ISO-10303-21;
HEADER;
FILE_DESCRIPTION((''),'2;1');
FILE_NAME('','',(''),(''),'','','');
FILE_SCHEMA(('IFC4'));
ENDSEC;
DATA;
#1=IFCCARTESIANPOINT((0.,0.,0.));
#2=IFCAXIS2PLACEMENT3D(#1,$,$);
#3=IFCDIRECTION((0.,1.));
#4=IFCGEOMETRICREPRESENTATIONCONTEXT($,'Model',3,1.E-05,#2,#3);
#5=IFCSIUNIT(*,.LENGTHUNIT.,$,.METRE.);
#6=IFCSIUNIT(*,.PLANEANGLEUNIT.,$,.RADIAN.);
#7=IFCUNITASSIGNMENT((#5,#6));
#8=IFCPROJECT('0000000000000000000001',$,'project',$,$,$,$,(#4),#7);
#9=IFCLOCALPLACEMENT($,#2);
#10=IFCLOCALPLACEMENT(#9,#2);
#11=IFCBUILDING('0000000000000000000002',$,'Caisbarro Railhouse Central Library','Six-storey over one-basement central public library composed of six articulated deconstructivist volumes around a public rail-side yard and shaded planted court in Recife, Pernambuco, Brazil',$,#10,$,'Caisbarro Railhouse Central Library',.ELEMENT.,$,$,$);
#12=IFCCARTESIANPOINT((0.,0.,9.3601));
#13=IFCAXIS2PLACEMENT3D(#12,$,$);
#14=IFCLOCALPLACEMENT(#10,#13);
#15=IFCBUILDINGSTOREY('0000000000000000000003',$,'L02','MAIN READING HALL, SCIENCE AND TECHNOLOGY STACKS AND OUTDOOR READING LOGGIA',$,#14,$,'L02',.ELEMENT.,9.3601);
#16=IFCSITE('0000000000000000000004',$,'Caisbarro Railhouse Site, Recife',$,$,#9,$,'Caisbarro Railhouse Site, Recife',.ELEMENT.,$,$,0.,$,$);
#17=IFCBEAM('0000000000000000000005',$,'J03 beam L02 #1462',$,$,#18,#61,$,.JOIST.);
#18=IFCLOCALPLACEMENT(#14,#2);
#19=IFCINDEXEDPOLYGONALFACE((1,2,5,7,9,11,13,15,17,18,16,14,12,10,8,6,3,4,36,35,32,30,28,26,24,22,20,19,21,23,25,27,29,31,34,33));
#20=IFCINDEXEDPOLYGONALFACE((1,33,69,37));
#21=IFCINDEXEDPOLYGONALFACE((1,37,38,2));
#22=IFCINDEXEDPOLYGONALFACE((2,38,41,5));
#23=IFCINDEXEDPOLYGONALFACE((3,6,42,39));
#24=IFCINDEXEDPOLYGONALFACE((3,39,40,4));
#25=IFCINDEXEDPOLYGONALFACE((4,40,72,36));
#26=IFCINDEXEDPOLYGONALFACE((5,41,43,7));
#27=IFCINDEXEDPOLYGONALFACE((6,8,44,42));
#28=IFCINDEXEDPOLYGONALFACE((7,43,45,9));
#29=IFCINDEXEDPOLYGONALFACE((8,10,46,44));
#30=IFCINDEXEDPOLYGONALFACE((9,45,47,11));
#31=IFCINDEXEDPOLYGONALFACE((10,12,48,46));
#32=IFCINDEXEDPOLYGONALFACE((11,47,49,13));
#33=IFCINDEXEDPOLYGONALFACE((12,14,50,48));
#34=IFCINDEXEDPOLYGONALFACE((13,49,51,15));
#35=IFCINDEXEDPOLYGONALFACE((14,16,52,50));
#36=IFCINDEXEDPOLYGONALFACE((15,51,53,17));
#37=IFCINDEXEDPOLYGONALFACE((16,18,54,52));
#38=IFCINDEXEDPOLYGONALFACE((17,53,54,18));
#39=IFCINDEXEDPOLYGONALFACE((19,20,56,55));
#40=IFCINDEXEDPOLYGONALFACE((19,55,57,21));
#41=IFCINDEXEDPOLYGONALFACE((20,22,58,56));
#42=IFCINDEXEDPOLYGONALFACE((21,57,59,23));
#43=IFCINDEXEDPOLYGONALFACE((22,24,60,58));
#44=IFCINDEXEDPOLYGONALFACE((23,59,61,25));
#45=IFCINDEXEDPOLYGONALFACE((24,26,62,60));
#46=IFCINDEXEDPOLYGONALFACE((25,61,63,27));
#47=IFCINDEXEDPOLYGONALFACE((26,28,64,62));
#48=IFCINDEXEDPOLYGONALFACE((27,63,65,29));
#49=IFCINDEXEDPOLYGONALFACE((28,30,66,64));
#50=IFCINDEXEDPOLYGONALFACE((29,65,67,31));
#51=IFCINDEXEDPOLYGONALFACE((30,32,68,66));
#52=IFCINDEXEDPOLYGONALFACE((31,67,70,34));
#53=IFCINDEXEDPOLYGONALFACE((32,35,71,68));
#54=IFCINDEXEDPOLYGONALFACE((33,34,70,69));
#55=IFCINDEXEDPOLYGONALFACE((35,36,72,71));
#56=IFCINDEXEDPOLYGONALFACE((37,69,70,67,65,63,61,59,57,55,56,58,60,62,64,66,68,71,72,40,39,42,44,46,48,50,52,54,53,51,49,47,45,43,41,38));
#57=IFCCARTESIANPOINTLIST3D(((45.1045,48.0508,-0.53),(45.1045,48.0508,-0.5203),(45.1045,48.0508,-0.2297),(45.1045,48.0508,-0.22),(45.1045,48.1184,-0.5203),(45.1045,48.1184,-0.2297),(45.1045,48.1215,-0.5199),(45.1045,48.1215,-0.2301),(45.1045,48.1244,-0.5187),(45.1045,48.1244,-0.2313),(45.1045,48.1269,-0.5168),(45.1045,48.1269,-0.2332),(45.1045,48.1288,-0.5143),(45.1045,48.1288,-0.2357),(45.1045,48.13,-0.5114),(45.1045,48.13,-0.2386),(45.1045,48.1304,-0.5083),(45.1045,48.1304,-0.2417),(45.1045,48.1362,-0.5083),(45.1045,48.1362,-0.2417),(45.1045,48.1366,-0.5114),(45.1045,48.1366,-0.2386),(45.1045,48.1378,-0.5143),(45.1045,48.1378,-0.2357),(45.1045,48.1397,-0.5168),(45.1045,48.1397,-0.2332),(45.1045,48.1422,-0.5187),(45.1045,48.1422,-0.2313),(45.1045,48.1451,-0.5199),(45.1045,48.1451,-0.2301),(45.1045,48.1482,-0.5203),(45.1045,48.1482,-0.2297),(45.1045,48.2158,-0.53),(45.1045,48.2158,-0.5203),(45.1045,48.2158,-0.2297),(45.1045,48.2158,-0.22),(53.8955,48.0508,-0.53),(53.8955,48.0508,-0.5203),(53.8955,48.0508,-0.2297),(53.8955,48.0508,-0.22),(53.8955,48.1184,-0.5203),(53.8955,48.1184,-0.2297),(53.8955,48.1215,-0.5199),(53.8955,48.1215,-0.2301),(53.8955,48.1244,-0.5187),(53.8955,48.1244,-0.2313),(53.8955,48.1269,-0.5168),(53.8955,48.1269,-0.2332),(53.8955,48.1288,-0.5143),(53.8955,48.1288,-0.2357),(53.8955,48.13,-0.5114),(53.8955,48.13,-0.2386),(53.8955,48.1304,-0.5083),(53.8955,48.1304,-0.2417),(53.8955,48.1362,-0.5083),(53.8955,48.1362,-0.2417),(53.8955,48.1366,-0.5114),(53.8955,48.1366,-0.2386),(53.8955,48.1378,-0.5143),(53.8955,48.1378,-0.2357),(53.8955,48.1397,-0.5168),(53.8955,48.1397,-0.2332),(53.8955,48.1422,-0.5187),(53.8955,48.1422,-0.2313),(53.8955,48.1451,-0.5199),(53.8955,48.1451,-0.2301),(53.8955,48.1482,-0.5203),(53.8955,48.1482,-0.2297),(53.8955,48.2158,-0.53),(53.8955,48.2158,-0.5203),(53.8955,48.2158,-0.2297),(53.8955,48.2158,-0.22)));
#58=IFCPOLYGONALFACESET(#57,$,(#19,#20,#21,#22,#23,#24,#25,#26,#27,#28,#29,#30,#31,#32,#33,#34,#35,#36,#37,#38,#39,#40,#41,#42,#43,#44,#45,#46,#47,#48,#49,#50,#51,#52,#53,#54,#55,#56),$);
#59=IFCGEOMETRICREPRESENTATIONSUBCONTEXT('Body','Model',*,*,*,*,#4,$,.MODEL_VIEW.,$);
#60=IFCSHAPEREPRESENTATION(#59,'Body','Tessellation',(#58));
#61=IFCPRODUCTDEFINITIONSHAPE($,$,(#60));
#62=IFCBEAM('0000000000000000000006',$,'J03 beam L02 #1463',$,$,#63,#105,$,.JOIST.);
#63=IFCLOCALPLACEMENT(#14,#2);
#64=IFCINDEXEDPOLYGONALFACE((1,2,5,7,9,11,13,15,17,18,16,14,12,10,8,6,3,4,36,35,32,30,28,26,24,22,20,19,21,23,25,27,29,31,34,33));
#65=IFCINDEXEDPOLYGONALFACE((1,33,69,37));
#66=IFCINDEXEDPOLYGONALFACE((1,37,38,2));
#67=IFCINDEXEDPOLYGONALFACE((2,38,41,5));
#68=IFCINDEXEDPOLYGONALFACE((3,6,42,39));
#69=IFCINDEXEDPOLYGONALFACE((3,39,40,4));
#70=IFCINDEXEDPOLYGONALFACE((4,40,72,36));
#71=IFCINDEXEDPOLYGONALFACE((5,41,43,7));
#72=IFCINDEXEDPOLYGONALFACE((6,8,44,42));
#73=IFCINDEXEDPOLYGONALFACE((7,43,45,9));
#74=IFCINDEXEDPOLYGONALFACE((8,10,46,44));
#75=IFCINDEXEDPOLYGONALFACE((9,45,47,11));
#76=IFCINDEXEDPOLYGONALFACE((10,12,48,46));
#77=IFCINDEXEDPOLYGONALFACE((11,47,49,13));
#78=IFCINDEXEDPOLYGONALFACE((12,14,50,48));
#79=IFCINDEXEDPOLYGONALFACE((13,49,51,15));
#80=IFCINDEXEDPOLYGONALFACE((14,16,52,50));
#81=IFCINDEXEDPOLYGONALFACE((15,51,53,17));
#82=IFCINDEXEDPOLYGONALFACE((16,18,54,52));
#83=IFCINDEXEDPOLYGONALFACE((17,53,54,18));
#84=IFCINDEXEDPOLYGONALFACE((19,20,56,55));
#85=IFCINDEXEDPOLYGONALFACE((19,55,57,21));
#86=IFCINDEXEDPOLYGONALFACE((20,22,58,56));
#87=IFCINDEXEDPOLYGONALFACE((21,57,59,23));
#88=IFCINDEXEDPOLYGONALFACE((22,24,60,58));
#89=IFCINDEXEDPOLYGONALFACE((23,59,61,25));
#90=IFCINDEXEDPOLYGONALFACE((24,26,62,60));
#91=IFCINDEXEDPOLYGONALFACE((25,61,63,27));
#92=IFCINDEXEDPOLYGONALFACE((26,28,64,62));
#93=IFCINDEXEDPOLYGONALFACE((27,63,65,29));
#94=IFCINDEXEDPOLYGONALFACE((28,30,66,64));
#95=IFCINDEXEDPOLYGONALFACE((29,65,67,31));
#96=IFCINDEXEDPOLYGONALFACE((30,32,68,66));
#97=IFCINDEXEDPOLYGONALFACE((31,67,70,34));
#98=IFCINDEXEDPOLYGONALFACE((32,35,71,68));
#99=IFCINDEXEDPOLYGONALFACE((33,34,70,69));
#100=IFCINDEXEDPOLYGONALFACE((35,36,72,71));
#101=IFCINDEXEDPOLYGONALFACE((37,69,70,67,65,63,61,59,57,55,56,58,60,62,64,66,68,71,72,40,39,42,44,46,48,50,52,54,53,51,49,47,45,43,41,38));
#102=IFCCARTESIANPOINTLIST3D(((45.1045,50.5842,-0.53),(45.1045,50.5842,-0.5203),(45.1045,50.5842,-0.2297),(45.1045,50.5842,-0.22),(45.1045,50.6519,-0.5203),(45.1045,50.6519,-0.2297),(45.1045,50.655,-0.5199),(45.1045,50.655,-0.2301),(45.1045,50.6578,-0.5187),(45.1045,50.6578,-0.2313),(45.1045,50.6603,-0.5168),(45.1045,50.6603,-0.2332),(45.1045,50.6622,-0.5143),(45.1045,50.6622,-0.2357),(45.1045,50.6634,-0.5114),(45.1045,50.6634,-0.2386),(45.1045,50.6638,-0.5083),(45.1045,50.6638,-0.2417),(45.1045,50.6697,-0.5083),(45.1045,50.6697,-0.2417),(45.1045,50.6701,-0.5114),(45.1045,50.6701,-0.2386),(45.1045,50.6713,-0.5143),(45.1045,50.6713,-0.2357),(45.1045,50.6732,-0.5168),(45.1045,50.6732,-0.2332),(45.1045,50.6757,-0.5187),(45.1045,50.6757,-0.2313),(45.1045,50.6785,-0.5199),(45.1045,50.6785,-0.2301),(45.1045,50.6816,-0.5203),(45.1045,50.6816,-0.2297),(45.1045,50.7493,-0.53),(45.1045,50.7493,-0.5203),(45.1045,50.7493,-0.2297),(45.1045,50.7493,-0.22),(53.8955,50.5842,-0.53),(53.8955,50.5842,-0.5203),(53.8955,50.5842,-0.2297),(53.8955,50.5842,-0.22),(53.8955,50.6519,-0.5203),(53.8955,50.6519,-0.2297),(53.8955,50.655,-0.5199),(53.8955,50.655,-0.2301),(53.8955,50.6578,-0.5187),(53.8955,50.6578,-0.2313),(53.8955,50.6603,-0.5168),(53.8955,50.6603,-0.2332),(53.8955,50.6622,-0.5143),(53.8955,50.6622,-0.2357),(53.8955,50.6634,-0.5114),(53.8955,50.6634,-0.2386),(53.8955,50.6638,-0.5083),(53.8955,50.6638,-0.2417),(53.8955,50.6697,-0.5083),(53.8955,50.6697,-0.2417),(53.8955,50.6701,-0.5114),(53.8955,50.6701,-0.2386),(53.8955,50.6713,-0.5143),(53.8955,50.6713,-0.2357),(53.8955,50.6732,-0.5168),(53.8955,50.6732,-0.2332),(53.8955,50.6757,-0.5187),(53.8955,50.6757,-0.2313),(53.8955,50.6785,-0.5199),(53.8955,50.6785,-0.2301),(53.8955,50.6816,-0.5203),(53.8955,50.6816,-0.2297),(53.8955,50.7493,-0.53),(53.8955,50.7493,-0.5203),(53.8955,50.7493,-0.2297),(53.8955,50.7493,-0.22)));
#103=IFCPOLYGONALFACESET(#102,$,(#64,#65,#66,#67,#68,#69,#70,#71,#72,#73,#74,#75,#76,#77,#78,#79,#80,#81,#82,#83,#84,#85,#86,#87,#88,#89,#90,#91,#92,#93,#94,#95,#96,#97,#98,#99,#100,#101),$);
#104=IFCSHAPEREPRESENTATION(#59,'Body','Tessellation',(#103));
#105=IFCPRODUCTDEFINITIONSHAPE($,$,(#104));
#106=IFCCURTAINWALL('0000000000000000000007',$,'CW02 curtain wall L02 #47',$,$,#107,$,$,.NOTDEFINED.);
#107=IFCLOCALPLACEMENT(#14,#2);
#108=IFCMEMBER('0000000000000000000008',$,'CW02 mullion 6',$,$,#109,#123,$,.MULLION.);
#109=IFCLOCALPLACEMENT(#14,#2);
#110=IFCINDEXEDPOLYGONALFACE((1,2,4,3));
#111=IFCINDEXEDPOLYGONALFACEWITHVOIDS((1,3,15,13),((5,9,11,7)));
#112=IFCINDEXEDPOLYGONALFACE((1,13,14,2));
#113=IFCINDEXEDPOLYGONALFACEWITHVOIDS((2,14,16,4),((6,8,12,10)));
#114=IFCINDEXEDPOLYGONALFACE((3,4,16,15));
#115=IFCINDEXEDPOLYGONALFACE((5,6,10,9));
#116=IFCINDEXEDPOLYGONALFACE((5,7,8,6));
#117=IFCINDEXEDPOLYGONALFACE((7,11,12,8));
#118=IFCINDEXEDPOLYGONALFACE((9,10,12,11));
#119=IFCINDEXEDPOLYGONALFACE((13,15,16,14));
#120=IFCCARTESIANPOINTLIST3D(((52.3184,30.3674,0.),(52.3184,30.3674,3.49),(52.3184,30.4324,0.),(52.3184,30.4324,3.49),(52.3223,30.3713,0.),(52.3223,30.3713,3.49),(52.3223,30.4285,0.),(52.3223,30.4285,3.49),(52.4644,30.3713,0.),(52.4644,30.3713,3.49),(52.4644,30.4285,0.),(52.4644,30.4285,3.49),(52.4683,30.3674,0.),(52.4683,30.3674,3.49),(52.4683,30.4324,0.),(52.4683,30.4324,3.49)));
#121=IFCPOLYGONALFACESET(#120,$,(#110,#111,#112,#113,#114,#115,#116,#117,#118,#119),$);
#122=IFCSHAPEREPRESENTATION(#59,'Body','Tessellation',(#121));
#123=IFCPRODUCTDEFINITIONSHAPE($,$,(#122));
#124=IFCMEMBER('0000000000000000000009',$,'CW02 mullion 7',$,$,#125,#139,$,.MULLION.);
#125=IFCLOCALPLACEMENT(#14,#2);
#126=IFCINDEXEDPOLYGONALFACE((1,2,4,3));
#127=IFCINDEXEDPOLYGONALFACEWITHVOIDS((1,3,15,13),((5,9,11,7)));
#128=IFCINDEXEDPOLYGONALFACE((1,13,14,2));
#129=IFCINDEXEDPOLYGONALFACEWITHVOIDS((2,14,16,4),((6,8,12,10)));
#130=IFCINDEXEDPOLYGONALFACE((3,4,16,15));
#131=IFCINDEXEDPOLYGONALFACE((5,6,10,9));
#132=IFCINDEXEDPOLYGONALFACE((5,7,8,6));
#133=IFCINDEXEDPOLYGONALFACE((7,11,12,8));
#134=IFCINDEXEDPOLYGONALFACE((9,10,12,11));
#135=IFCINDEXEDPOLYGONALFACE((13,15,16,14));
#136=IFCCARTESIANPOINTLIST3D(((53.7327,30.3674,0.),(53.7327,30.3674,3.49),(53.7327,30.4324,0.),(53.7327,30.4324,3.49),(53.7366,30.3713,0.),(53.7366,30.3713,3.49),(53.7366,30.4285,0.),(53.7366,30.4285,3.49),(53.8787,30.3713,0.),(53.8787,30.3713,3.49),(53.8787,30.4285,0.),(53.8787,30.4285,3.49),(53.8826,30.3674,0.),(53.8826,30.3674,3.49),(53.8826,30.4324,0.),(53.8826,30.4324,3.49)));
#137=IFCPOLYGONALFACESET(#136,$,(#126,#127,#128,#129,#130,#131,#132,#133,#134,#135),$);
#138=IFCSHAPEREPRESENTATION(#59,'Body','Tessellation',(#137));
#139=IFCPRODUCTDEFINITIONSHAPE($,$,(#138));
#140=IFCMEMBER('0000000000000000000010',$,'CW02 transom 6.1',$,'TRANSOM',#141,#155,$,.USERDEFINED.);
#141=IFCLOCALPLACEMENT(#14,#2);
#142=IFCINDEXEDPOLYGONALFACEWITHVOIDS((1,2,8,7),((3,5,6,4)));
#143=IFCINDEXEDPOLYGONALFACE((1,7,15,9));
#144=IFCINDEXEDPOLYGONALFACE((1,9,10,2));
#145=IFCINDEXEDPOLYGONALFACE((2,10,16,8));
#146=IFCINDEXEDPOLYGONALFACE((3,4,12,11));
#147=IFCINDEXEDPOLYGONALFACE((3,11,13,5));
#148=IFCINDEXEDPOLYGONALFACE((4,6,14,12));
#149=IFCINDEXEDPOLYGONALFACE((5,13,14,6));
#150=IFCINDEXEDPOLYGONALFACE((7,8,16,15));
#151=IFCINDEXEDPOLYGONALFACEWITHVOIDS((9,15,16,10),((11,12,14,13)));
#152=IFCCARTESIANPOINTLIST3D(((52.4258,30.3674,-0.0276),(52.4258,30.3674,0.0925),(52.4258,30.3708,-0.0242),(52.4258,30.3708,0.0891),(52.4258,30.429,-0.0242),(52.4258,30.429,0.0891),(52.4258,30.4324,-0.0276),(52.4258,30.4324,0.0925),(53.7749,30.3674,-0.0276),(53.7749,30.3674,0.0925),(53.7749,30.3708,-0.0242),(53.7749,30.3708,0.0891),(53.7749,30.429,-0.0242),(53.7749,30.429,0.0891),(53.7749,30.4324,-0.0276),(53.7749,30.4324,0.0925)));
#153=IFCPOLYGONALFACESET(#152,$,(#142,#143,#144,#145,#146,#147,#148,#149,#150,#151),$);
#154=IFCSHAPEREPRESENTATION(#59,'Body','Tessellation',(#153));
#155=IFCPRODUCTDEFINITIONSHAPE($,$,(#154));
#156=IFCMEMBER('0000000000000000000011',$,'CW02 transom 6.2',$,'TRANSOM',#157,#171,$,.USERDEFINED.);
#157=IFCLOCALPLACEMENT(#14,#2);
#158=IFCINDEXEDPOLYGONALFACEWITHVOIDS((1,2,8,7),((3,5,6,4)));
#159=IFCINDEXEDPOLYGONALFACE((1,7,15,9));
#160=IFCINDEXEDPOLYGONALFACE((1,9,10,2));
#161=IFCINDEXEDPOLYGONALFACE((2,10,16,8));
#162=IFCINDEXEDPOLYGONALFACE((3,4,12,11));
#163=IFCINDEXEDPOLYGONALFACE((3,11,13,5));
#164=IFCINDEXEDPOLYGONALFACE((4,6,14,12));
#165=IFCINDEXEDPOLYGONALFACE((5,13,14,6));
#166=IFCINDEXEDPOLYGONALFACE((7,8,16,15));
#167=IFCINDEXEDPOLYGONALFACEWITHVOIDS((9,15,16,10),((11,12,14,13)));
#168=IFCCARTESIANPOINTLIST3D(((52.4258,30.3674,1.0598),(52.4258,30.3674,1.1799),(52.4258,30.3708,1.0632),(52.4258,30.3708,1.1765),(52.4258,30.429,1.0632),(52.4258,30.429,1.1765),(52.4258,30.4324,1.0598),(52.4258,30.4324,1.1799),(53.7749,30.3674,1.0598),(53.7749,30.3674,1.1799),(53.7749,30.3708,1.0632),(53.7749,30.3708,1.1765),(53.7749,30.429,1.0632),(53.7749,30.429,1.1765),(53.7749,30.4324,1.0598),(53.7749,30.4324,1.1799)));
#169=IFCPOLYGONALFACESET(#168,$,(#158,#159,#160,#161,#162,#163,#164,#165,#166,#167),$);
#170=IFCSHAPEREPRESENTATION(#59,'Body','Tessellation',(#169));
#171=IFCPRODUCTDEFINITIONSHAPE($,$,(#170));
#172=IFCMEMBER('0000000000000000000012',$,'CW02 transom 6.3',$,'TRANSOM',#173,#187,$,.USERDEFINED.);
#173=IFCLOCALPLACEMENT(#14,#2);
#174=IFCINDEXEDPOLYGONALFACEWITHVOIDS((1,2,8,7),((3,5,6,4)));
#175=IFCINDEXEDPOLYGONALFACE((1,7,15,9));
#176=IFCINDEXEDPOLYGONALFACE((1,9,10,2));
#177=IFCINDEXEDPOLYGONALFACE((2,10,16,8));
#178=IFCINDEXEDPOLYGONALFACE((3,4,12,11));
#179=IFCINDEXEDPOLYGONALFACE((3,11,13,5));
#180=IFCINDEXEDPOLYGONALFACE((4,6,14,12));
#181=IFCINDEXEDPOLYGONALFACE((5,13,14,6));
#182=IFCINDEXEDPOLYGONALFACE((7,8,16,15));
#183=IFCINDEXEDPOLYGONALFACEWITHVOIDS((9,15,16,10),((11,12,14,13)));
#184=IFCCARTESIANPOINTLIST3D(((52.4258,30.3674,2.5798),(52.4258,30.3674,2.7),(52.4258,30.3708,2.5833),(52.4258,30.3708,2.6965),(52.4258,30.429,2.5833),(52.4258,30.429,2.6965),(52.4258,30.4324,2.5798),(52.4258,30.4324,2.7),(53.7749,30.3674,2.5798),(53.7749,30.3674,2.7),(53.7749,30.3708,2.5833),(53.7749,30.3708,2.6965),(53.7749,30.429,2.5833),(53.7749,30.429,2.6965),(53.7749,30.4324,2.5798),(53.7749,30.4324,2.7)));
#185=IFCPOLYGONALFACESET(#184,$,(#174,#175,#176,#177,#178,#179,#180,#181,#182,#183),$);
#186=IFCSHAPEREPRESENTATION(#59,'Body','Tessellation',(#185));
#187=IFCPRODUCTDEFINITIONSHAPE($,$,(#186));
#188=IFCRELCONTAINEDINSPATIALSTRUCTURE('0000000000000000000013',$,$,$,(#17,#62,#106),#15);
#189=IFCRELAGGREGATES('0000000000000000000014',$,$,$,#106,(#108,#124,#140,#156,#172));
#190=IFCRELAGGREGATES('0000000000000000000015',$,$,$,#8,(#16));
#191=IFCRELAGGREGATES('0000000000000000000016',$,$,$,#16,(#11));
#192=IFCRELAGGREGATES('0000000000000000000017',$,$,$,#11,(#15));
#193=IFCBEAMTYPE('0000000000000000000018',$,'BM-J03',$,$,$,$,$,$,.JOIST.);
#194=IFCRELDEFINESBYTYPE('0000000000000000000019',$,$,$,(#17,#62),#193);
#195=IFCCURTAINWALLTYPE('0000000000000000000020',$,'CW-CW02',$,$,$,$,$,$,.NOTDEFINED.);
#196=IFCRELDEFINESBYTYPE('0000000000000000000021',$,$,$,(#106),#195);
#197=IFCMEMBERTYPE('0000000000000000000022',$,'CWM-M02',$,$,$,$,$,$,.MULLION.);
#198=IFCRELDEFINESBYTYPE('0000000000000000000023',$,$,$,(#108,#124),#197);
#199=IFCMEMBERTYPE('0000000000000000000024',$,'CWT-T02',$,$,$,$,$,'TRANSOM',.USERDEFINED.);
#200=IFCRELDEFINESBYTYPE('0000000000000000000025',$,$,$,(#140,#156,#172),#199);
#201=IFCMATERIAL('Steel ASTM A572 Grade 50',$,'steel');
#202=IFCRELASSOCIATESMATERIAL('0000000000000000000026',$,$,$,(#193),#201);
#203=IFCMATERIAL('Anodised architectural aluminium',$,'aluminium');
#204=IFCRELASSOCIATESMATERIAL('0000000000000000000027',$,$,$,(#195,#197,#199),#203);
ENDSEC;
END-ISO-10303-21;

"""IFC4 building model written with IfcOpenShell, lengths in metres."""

from ifc_helpers import new_model, si_unit, direction, frame, origin, origin_2d, place, context, subcontext, project, spatial, hollow_rectangle, i_section, extrude, material, material_profile, profile_set, type_object, element, aggregate, save


model = new_model("IFC4")

# Units and contexts
model_context = context("Model", 3, precision=1e-05, world=origin(), true_north=direction((0.0, 1.0)))
body_context = subcontext(model_context, "Body", "Model", "MODEL_VIEW")
ifc_project = project(units=[si_unit("LENGTHUNIT", "METRE"), si_unit("PLANEANGLEUNIT", "RADIAN")], contexts=[model_context])

# Site, building, storey
site_placement = place(None, origin())
site = spatial("IfcSite", under=ifc_project, at=site_placement, Name="Caisbarro Railhouse Site, Recife", LongName="Caisbarro Railhouse Site, Recife", CompositionType="ELEMENT", RefElevation=0.0)
building_placement = place(site_placement, origin())
building = spatial("IfcBuilding", under=site, at=building_placement, Name="Caisbarro Railhouse Central Library", Description="Six-storey over one-basement central public library composed of six articulated deconstructivist volumes around a public rail-side yard and shaded planted court in Recife, Pernambuco, Brazil", LongName="Caisbarro Railhouse Central Library", CompositionType="ELEMENT")
storey_placement = place(building_placement, frame((0.0, 0.0, 9.3601)))
storey = spatial("IfcBuildingStorey", under=building, at=storey_placement, Name="L02", Description="MAIN READING HALL, SCIENCE AND TECHNOLOGY STACKS AND OUTDOOR READING LOGGIA", LongName="L02", CompositionType="ELEMENT", Elevation=9.3601)

# Shared definitions
ifc_material_1 = material(Name="Steel ASTM A572 Grade 50", Category="steel")

# Beams
ifc_material_profile_1 = material_profile(ifc_material_1, i_section(OverallWidth=0.165, OverallDepth=0.3101, WebThickness=0.0059, FlangeThickness=0.0098, FilletRadius=0.012, at=origin_2d()), Name="W310X38.7")
ifc_profile_set_1 = profile_set([ifc_material_profile_1], Name="Steel ASTM A572 Grade 50")
beam_type_1 = type_object("IfcBeamType", Name="BM-J03", PredefinedType="JOIST", material=ifc_profile_set_1)
for number, where, z_axis, x_axis, name in (
    (1, (45.1045, 48.1333, -0.375), (1.0, 0.0, 0.0), (0.0, 1.0, 0.0), "J03 beam L02 #1462"),
    (2, (45.1045, 50.6667, -0.375), (1.0, 0.0, 0.0), (0.0, 1.0, 0.0), "J03 beam L02 #1463"),
):
    element("IfcBeam", number, at=place(storey_placement, frame(where, z_axis=z_axis, x_axis=x_axis)), inside=storey, type_object=beam_type_1, Name=name, PredefinedType="JOIST", context=body_context, shape_type="SweptSolid", body=[
        extrude(i_section(OverallWidth=0.165, OverallDepth=0.3101, WebThickness=0.0059, FlangeThickness=0.0098, FilletRadius=0.012, at=origin_2d()), origin(), (0.0, 0.0, 1.0), 8.791),
    ])

# Curtain wall, members
ifc_material_2 = material(Name="Anodised architectural aluminium", Category="aluminium")
curtain_wall_type = type_object("IfcCurtainWallType", Name="CW-CW02", PredefinedType="NOTDEFINED", material=ifc_material_2)
curtain_wall_placement = place(storey_placement, origin())
curtain_wall = element("IfcCurtainWall", 3, at=curtain_wall_placement, inside=storey, type_object=curtain_wall_type, Name="CW02 curtain wall L02 #47", PredefinedType="NOTDEFINED")
ifc_material_profile_2 = material_profile(ifc_material_2, hollow_rectangle(XDim=0.0649, YDim=0.1499, WallThickness=0.0039, at=origin_2d()), Name="ALU-MUL-65X150")
ifc_profile_set_2 = profile_set([ifc_material_profile_2], Name="Anodised architectural aluminium")
member_type_1 = type_object("IfcMemberType", Name="CWM-M02", PredefinedType="MULLION", material=ifc_profile_set_2)
member_1_placement = place(storey_placement, frame((52.3933, 30.3999, 0.0), z_axis=(0.0, 0.0, 1.0), x_axis=(0.0, 1.0, 0.0)))
member_1 = element("IfcMember", 4, at=member_1_placement, type_object=member_type_1, Name="CW02 mullion 6", PredefinedType="MULLION", context=body_context, shape_type="SweptSolid", body=[
    extrude(hollow_rectangle(XDim=0.0649, YDim=0.1499, WallThickness=0.0039, at=origin_2d()), origin(), (0.0, 0.0, 1.0), 3.49),
])
member_2_placement = place(storey_placement, frame((53.8076, 30.3999, 0.0), z_axis=(0.0, 0.0, 1.0), x_axis=(0.0, 1.0, 0.0)))
member_2 = element("IfcMember", 5, at=member_2_placement, type_object=member_type_1, Name="CW02 mullion 7", PredefinedType="MULLION", context=body_context, shape_type="SweptSolid", body=[
    extrude(hollow_rectangle(XDim=0.0649, YDim=0.1499, WallThickness=0.0039, at=origin_2d()), origin(), (0.0, 0.0, 1.0), 3.49),
])
ifc_material_profile_3 = material_profile(ifc_material_2, hollow_rectangle(XDim=0.0649, YDim=0.1201, WallThickness=0.0034, at=origin_2d()), Name="ALU-TRN-65X120")
ifc_profile_set_3 = profile_set([ifc_material_profile_3], Name="Anodised architectural aluminium")
member_type_2 = type_object("IfcMemberType", Name="CWT-T02", ElementType="TRANSOM", PredefinedType="USERDEFINED", material=ifc_profile_set_3)
member_3_placement = place(storey_placement, frame((52.4258, 30.3999, 0.0325), z_axis=(1.0, 0.0, 0.0), x_axis=(0.0, 1.0, 0.0)))
member_3 = element("IfcMember", 6, at=member_3_placement, type_object=member_type_2, Name="CW02 transom 6.1", ObjectType="TRANSOM", PredefinedType="USERDEFINED", context=body_context, shape_type="SweptSolid", body=[
    extrude(hollow_rectangle(XDim=0.0649, YDim=0.1201, WallThickness=0.0034, at=origin_2d()), origin(), (0.0, 0.0, 1.0), 1.3491),
])
member_4_placement = place(storey_placement, frame((52.4258, 30.3999, 1.1199), z_axis=(1.0, 0.0, 0.0), x_axis=(0.0, 1.0, 0.0)))
member_4 = element("IfcMember", 7, at=member_4_placement, type_object=member_type_2, Name="CW02 transom 6.2", ObjectType="TRANSOM", PredefinedType="USERDEFINED", context=body_context, shape_type="SweptSolid", body=[
    extrude(hollow_rectangle(XDim=0.0649, YDim=0.1201, WallThickness=0.0034, at=origin_2d()), origin(), (0.0, 0.0, 1.0), 1.3491),
])
member_5_placement = place(storey_placement, frame((52.4258, 30.3999, 2.6399), z_axis=(1.0, 0.0, 0.0), x_axis=(0.0, 1.0, 0.0)))
member_5 = element("IfcMember", 8, at=member_5_placement, type_object=member_type_2, Name="CW02 transom 6.3", ObjectType="TRANSOM", PredefinedType="USERDEFINED", context=body_context, shape_type="SweptSolid", body=[
    extrude(hollow_rectangle(XDim=0.0649, YDim=0.1201, WallThickness=0.0034, at=origin_2d()), origin(), (0.0, 0.0, 1.0), 1.3491),
])
aggregate(curtain_wall, [member_1, member_2, member_3, member_4, member_5])

save(model, "model.ifc")
